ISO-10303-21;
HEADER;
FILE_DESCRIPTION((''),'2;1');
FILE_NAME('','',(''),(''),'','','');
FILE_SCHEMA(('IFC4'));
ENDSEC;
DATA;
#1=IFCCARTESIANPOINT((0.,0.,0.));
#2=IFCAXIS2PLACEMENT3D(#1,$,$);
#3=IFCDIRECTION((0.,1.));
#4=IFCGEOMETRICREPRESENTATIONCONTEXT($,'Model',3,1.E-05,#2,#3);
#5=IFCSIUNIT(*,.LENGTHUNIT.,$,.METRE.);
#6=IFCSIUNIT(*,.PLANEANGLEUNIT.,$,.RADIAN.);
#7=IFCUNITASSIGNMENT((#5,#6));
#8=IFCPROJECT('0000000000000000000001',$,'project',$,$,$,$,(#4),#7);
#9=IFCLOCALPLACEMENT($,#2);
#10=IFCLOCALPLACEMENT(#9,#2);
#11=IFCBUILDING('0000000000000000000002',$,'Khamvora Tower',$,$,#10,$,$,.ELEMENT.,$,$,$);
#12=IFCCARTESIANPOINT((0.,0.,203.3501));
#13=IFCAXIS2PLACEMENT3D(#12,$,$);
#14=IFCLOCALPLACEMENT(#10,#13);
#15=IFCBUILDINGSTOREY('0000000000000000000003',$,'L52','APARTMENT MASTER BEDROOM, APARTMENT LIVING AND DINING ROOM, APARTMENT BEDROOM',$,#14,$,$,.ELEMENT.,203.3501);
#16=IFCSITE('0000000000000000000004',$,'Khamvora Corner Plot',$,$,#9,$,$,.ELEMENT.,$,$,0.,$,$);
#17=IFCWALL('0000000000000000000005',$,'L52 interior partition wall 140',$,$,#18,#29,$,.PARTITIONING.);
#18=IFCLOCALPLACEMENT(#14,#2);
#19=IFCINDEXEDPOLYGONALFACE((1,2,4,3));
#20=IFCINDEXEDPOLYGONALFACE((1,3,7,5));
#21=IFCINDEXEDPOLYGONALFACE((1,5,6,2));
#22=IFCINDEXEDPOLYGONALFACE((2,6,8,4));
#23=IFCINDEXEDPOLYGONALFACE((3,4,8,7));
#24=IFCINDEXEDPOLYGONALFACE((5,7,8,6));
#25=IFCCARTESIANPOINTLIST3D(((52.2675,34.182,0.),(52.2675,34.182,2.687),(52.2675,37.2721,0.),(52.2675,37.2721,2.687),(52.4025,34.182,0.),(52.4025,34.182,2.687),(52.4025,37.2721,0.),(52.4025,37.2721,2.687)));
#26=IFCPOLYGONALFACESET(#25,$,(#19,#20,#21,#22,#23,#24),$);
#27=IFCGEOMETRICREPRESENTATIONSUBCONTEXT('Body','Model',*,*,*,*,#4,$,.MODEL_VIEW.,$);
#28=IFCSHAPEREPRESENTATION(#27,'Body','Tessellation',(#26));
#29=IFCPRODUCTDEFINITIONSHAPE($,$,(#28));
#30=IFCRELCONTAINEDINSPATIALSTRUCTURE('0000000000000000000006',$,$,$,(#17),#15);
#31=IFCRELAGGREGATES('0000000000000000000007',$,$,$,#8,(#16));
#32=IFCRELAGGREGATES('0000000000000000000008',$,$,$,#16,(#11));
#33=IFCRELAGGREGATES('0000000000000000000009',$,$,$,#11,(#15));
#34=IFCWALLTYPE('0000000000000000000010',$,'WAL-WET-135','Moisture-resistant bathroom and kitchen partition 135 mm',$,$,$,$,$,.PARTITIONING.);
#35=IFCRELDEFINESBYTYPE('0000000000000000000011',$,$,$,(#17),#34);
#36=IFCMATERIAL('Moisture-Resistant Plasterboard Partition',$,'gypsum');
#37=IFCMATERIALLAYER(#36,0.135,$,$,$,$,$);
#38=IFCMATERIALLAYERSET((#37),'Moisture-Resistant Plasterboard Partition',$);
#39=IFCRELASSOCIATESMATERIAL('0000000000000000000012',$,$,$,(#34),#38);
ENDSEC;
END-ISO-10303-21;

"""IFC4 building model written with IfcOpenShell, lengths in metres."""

from ifc_helpers import new_model, si_unit, direction, frame, frame_2d, origin, place, context, subcontext, project, spatial, rectangle, extrude, material, layer, layer_set, type_object, element, save


model = new_model("IFC4")

# Units and contexts
model_context = context("Model", 3, precision=1e-05, world=origin(), true_north=direction((0.0, 1.0)))
body_context = subcontext(model_context, "Body", "Model", "MODEL_VIEW")
ifc_project = project(units=[si_unit("LENGTHUNIT", "METRE"), si_unit("PLANEANGLEUNIT", "RADIAN")], contexts=[model_context])

# Site, building, storey
site_placement = place(None, origin())
site = spatial("IfcSite", under=ifc_project, at=site_placement, Name="Khamvora Corner Plot", CompositionType="ELEMENT", RefElevation=0.0)
building_placement = place(site_placement, origin())
building = spatial("IfcBuilding", under=site, at=building_placement, Name="Khamvora Tower", CompositionType="ELEMENT")
storey_placement = place(building_placement, frame((0.0, 0.0, 203.3501)))
storey = spatial("IfcBuildingStorey", under=building, at=storey_placement, Name="L52", Description="APARTMENT MASTER BEDROOM, APARTMENT LIVING AND DINING ROOM, APARTMENT BEDROOM", CompositionType="ELEMENT", Elevation=203.3501)

# Shared definitions
ifc_material_1 = material(Name="Moisture-Resistant Plasterboard Partition", Category="gypsum")
ifc_layer_1 = layer(ifc_material_1, 0.135)
ifc_layer_set_1 = layer_set([ifc_layer_1], Name="Moisture-Resistant Plasterboard Partition")
wall_type_1 = type_object("IfcWallType", Name="WAL-WET-135", Description="Moisture-resistant bathroom and kitchen partition 135 mm", PredefinedType="PARTITIONING", material=ifc_layer_set_1)

# Wall
wall_1_placement = place(storey_placement, frame((52.335, 37.272, 0.0), z_axis=(0.0, 0.0, 1.0), x_axis=(0.0, -1.0, 0.0)))
element("IfcWall", 1, at=wall_1_placement, inside=storey, type_object=wall_type_1, Name="L52 interior partition wall 140", PredefinedType="PARTITIONING", context=body_context, shape_type="SweptSolid", body=[
    extrude(rectangle(XDim=3.0901, YDim=0.135, at=frame_2d((1.5449, 0.0))), origin(), (0.0, 0.0, 1.0), 2.687),
])

save(model, "model.ifc")
